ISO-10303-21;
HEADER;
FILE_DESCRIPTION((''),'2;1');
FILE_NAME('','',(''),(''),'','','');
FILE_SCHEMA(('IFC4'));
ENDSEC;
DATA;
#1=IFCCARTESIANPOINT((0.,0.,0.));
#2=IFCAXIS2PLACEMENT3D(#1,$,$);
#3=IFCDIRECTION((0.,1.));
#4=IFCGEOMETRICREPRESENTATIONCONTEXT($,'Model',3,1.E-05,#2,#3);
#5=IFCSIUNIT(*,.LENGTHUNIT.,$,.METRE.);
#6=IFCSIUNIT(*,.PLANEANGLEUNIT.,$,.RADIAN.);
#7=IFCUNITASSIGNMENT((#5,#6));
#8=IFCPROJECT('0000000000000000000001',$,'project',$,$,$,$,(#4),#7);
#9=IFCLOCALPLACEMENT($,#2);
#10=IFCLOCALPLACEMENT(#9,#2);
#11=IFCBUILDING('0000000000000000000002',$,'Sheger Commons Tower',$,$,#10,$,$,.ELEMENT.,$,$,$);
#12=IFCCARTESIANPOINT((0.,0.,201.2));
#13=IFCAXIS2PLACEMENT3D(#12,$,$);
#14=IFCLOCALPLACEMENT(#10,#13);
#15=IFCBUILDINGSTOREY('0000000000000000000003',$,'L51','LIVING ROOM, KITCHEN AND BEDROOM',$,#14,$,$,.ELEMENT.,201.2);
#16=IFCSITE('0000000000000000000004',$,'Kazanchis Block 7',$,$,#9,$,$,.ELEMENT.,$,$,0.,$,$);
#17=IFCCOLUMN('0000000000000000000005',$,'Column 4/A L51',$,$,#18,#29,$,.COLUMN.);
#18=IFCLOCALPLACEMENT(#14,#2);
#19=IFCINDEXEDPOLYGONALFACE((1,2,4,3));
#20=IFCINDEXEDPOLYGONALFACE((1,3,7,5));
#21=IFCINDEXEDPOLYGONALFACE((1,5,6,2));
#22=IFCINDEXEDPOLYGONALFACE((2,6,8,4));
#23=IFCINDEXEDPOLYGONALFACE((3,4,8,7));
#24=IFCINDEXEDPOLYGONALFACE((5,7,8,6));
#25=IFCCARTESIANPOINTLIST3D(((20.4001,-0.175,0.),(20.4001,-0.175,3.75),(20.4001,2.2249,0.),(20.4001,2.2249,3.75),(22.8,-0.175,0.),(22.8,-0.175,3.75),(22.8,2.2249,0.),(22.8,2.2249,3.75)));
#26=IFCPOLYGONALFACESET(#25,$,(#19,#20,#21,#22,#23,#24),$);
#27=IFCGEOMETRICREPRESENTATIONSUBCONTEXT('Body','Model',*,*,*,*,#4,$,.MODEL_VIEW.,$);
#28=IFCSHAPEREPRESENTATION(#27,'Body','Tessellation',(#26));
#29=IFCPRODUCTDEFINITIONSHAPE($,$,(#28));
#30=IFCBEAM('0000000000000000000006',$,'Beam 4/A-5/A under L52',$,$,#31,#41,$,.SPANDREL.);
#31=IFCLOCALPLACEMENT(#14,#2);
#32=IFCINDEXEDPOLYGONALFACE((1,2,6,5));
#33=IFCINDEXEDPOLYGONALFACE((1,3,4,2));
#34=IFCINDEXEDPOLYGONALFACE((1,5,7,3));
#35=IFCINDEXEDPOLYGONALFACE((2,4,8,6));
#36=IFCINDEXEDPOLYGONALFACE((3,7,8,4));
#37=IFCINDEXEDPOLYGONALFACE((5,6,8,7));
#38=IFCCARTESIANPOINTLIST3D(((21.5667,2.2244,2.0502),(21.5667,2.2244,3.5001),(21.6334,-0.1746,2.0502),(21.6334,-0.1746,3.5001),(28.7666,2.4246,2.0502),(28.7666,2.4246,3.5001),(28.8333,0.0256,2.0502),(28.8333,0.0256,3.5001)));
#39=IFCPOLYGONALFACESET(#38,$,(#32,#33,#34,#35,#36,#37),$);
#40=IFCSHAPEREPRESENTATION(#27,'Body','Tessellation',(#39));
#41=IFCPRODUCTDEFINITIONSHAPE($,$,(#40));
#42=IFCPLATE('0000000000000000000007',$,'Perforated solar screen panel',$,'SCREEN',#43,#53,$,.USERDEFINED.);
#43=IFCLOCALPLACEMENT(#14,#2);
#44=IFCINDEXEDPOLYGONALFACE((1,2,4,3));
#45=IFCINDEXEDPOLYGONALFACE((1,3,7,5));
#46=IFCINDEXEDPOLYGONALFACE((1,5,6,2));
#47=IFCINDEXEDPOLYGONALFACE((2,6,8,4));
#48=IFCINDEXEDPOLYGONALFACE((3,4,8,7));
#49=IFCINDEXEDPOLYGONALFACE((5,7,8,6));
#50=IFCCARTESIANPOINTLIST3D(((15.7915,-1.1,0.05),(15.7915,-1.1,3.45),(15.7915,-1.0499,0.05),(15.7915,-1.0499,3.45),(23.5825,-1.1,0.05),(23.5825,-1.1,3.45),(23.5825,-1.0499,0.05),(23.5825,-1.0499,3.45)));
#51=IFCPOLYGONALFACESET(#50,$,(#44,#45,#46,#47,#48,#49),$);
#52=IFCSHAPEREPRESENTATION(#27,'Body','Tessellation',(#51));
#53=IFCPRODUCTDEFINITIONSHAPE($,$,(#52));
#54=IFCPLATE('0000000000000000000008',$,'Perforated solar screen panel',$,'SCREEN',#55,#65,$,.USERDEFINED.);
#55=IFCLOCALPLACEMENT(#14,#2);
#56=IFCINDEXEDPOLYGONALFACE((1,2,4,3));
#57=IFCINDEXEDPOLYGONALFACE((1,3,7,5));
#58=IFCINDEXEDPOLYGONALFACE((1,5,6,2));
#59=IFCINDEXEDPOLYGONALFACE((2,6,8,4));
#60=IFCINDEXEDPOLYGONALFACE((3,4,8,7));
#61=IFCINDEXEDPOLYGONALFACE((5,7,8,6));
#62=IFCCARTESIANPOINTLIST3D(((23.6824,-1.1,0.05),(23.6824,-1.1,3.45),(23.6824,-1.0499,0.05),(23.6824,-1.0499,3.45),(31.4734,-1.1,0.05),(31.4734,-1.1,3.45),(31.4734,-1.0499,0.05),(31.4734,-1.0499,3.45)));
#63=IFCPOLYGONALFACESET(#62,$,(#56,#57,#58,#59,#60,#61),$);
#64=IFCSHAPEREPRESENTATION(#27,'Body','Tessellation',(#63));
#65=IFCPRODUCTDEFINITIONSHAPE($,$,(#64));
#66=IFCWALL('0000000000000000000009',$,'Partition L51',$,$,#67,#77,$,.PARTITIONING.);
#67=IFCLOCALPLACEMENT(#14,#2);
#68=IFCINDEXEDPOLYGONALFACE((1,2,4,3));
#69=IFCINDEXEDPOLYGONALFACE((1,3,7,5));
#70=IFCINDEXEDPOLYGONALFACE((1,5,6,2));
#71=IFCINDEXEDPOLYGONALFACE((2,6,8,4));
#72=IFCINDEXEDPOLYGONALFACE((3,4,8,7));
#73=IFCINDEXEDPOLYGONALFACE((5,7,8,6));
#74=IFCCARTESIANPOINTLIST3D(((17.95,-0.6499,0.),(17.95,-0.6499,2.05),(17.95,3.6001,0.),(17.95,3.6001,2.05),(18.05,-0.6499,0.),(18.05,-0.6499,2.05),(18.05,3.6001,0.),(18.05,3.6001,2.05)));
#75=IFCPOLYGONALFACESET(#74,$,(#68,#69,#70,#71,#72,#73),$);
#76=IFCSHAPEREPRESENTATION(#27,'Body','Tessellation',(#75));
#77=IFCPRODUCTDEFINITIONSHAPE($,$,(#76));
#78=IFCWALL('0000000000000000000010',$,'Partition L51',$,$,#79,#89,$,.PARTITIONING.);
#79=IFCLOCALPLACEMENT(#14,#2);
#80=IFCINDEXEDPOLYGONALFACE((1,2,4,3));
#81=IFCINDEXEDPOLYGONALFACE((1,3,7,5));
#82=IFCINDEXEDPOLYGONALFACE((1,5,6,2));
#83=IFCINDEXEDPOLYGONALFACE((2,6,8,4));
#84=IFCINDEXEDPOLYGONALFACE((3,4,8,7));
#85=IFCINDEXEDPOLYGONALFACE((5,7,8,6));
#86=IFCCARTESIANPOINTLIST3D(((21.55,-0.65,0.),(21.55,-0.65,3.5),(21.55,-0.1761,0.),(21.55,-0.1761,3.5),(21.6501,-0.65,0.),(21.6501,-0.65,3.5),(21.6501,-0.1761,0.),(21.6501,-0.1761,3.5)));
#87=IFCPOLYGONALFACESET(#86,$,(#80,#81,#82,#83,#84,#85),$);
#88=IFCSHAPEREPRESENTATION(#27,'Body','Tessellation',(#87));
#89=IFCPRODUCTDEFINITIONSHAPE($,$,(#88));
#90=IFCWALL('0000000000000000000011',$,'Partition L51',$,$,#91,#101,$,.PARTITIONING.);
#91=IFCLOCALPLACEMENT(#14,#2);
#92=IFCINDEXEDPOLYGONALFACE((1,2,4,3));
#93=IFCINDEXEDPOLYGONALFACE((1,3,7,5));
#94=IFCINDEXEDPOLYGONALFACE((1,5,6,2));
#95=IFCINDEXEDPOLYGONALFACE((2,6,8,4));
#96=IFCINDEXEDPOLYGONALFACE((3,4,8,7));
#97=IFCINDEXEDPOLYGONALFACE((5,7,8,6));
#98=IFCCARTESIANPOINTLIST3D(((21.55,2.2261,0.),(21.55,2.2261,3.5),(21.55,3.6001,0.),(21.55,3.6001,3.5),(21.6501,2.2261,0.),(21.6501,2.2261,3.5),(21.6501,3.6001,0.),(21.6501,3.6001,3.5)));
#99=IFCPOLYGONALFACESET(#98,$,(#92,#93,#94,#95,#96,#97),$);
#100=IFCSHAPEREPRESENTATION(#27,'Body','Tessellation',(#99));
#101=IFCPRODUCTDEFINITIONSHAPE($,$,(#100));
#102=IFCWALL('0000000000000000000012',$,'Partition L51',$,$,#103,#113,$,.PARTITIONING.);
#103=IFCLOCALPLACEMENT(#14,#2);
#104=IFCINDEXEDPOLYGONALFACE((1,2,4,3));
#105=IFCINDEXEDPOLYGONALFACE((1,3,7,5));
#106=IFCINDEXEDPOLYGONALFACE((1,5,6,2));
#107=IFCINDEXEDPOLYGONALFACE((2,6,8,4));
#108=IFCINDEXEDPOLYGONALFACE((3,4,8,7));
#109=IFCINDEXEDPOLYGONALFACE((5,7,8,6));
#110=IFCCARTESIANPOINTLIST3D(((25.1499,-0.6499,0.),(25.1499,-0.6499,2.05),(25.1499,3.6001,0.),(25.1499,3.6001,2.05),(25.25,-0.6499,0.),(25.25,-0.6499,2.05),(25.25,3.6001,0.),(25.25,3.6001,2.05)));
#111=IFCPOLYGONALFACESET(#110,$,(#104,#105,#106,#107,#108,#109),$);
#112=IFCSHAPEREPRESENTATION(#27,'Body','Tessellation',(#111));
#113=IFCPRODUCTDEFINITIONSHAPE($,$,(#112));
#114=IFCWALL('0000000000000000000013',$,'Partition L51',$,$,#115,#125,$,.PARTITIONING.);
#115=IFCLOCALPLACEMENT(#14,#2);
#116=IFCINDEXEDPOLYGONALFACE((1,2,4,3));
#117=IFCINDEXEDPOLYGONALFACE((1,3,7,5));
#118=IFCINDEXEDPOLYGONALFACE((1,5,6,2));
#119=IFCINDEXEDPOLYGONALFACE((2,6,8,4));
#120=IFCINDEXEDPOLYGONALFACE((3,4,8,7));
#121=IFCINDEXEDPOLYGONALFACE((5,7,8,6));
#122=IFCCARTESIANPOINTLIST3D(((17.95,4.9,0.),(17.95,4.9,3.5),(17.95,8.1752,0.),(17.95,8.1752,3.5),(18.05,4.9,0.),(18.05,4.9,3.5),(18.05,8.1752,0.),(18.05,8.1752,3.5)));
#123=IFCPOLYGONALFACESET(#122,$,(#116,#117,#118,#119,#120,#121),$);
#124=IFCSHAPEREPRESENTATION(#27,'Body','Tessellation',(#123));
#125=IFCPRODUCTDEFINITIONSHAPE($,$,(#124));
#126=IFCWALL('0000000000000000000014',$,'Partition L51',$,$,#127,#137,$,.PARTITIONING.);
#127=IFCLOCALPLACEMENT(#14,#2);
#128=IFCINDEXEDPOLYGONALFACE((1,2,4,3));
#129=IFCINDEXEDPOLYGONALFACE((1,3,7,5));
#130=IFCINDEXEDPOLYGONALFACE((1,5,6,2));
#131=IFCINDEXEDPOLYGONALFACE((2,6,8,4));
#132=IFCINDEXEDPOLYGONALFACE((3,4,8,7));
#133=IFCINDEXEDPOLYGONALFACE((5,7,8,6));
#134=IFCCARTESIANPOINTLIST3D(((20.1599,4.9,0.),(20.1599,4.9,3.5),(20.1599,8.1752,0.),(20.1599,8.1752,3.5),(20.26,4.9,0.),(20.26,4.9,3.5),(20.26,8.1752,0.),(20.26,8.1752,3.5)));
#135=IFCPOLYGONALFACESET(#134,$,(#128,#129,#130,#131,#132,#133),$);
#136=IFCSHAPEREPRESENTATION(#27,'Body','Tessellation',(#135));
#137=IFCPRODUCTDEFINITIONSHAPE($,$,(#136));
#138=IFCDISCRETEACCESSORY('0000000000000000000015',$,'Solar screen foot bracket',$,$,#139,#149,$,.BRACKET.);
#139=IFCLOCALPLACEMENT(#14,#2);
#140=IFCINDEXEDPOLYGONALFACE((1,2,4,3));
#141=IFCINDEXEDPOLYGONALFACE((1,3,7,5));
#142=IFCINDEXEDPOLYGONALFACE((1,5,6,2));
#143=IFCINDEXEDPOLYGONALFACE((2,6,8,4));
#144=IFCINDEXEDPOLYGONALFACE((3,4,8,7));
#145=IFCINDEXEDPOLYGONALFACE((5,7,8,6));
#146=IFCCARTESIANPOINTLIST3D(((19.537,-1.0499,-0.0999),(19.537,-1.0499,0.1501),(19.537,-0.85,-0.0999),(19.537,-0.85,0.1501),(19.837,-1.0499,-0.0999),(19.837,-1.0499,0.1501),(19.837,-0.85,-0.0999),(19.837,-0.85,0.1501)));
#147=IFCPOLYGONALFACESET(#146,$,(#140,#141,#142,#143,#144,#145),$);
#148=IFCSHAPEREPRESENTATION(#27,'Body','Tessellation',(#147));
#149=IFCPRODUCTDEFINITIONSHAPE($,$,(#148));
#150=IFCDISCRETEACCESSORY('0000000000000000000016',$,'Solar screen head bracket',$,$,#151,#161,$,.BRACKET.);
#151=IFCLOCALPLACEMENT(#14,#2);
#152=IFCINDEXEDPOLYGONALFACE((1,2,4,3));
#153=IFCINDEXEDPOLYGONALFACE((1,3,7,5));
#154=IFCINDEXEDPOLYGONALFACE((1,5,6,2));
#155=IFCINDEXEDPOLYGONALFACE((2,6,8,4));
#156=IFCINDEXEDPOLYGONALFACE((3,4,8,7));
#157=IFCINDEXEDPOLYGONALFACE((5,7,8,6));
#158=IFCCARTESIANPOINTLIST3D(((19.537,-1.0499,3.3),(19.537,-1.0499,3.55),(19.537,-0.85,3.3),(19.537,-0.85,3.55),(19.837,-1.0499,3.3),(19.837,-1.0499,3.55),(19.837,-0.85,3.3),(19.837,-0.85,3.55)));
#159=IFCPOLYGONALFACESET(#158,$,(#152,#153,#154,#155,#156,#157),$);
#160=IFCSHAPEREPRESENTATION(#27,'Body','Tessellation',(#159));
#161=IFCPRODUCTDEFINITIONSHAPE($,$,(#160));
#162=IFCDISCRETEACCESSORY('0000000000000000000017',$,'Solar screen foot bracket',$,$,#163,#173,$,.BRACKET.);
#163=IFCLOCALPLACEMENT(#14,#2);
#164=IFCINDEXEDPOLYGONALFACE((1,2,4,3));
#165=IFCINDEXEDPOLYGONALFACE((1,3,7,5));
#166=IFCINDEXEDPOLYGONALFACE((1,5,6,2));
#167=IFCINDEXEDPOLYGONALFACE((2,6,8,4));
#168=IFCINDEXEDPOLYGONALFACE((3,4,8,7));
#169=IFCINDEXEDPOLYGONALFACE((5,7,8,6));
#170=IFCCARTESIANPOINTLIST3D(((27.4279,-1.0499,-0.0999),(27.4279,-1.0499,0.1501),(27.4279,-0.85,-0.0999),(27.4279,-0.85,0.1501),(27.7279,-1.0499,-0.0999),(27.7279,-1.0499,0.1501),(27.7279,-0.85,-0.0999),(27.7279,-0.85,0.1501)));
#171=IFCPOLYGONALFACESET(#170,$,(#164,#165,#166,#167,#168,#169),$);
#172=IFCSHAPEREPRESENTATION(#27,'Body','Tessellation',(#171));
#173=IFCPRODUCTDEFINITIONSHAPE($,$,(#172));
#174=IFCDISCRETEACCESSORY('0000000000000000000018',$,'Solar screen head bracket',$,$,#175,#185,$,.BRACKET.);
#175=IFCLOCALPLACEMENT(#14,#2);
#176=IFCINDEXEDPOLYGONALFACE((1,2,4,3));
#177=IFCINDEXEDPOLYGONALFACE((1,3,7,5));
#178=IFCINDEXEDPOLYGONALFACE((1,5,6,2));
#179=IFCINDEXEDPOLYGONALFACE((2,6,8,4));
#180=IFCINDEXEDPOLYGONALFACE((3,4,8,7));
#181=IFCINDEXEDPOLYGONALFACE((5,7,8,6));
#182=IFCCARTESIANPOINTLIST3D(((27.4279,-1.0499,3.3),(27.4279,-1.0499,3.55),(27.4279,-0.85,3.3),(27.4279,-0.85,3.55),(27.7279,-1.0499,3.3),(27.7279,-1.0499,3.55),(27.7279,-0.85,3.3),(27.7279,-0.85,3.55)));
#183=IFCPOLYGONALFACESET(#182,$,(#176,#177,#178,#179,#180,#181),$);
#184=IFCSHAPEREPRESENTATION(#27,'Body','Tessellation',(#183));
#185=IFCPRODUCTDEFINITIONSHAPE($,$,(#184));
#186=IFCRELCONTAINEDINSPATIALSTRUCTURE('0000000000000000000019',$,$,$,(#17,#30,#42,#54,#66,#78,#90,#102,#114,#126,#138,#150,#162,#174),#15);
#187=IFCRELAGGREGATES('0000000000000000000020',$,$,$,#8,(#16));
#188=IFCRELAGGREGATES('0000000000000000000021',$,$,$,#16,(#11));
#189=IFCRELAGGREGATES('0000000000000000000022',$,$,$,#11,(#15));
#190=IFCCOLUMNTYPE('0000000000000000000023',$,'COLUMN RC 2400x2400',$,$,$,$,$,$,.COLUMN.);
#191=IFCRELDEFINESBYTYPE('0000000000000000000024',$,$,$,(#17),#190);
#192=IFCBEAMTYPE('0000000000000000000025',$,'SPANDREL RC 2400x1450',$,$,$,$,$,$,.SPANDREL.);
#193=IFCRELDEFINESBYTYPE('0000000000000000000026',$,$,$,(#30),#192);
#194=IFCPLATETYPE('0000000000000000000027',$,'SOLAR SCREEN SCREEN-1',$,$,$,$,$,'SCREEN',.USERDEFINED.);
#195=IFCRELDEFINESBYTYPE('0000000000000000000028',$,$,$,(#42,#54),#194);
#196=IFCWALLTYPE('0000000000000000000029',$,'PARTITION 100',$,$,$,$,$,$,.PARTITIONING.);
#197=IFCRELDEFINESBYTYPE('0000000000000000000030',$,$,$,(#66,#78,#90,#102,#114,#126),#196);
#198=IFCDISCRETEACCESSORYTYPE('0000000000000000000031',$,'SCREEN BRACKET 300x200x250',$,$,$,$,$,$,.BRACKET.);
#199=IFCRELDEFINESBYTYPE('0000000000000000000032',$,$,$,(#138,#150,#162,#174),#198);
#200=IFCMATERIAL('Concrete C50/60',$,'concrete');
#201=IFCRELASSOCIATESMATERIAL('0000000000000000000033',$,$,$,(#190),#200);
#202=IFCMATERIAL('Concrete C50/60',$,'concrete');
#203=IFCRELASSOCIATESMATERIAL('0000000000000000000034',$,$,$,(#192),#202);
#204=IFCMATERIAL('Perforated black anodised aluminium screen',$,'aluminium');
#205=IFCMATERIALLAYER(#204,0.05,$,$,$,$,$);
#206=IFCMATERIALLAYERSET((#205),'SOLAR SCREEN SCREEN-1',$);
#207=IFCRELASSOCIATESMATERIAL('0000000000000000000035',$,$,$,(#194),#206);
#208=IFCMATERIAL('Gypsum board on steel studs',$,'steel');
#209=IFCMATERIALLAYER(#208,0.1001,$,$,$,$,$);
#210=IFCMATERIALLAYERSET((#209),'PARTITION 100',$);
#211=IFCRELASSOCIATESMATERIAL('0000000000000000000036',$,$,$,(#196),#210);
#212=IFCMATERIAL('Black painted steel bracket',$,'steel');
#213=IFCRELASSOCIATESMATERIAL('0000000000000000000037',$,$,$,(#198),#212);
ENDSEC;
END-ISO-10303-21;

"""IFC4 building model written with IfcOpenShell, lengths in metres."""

from ifc_helpers import new_model, si_unit, direction, frame, frame_2d, origin, origin_2d, place, context, subcontext, project, spatial, rectangle, extrude, material, layer, layer_set, material_profile, profile_set, type_object, element, save


model = new_model("IFC4")

# Units and contexts
model_context = context("Model", 3, precision=1e-05, world=origin(), true_north=direction((0.0, 1.0)))
body_context = subcontext(model_context, "Body", "Model", "MODEL_VIEW")
ifc_project = project(units=[si_unit("LENGTHUNIT", "METRE"), si_unit("PLANEANGLEUNIT", "RADIAN")], contexts=[model_context])

# Site, building, storey
site_placement = place(None, origin())
site = spatial("IfcSite", under=ifc_project, at=site_placement, Name="Kazanchis Block 7", CompositionType="ELEMENT", RefElevation=0.0)
building_placement = place(site_placement, origin())
building = spatial("IfcBuilding", under=site, at=building_placement, Name="Sheger Commons Tower", CompositionType="ELEMENT")
storey_placement = place(building_placement, frame((0.0, 0.0, 201.2)))
storey = spatial("IfcBuildingStorey", under=building, at=storey_placement, Name="L51", Description="LIVING ROOM, KITCHEN AND BEDROOM", CompositionType="ELEMENT", Elevation=201.2)

# Column
ifc_material_1 = material(Name="Concrete C50/60", Category="concrete")
ifc_material_profile_1 = material_profile(ifc_material_1, rectangle(XDim=2.3999, YDim=2.3999, at=origin_2d()), Name="RC 2400x2400")
ifc_profile_set_1 = profile_set([ifc_material_profile_1], Name="Concrete C50/60")
column_type = type_object("IfcColumnType", Name="COLUMN RC 2400x2400", PredefinedType="COLUMN", material=ifc_profile_set_1)
column_placement = place(storey_placement, frame((21.6001, 1.0249, 0.0), z_axis=(0.0, 0.0, 1.0), x_axis=(1.0, 0.0, 0.0)))
element("IfcColumn", 1, at=column_placement, inside=storey, type_object=column_type, Name="Column 4/A L51", PredefinedType="COLUMN", context=body_context, shape_type="SweptSolid", body=[
    extrude(rectangle(XDim=2.3999, YDim=2.3999, at=origin_2d()), origin(), (0.0, 0.0, 1.0), 3.75),
])

# Beam
ifc_material_2 = material(Name="Concrete C50/60", Category="concrete")
ifc_material_profile_2 = material_profile(ifc_material_2, rectangle(XDim=2.3999, YDim=1.45, at=origin_2d()), Name="RC 2400x1450")
ifc_profile_set_2 = profile_set([ifc_material_profile_2], Name="Concrete C50/60")
beam_type = type_object("IfcBeamType", Name="SPANDREL RC 2400x1450", PredefinedType="SPANDREL", material=ifc_profile_set_2)
beam_placement = place(storey_placement, frame((21.6001, 1.0249, 2.7751), z_axis=(0.999614, 0.027794, 0.0), x_axis=(-0.027794, 0.999614, 0.0)))
element("IfcBeam", 2, at=beam_placement, inside=storey, type_object=beam_type, Name="Beam 4/A-5/A under L52", PredefinedType="SPANDREL", context=body_context, shape_type="SweptSolid", body=[
    extrude(rectangle(XDim=2.3999, YDim=1.45, at=origin_2d()), origin(), (0.0, 0.0, 1.0), 7.2026),
])

# Plates
ifc_material_3 = material(Name="Perforated black anodised aluminium screen", Category="aluminium")
ifc_layer_1 = layer(ifc_material_3, 0.05)
ifc_layer_set_1 = layer_set([ifc_layer_1], Name="SOLAR SCREEN SCREEN-1")
plate_type = type_object("IfcPlateType", Name="SOLAR SCREEN SCREEN-1", ElementType="SCREEN", PredefinedType="USERDEFINED", material=ifc_layer_set_1)
for number, where, z_axis, x_axis, name in (
    (3, (19.687, -1.075, 0.05), (0.0, 0.0, 1.0), (1.0, 0.0, 0.0), "Perforated solar screen panel"),
    (4, (27.5779, -1.075, 0.05), (0.0, 0.0, 1.0), (1.0, 0.0, 0.0), "Perforated solar screen panel"),
):
    element("IfcPlate", number, at=place(storey_placement, frame(where, z_axis=z_axis, x_axis=x_axis)), inside=storey, type_object=plate_type, Name=name, ObjectType="SCREEN", PredefinedType="USERDEFINED", context=body_context, shape_type="SweptSolid", body=[
        extrude(rectangle(XDim=7.791, YDim=0.05, at=origin_2d()), origin(), (0.0, 0.0, 1.0), 3.3999),
    ])

# Walls
ifc_material_4 = material(Name="Gypsum board on steel studs", Category="steel")
ifc_layer_2 = layer(ifc_material_4, 0.1001)
ifc_layer_set_2 = layer_set([ifc_layer_2], Name="PARTITION 100")
wall_type = type_object("IfcWallType", Name="PARTITION 100", PredefinedType="PARTITIONING", material=ifc_layer_set_2)
wall_1_placement = place(storey_placement, frame((18.0, -0.6499, 0.0), z_axis=(0.0, 0.0, 1.0), x_axis=(0.0, 1.0, 0.0)))
element("IfcWall", 5, at=wall_1_placement, inside=storey, type_object=wall_type, Name="Partition L51", PredefinedType="PARTITIONING", context=body_context, shape_type="SweptSolid", body=[
    extrude(rectangle(XDim=4.25, YDim=0.1001, at=frame_2d((2.125, 0.0))), origin(), (0.0, 0.0, 1.0), 2.05),
])
wall_2_placement = place(storey_placement, frame((21.6001, -0.6499, 0.0), z_axis=(0.0, 0.0, 1.0), x_axis=(0.0, 1.0, 0.0)))
element("IfcWall", 6, at=wall_2_placement, inside=storey, type_object=wall_type, Name="Partition L51", PredefinedType="PARTITIONING", context=body_context, shape_type="SweptSolid", body=[
    extrude(rectangle(XDim=0.4739, YDim=0.1001, at=frame_2d((0.2368, 0.0))), origin(), (0.0, 0.0, 1.0), 3.5),
])
wall_3_placement = place(storey_placement, frame((21.6001, 2.2261, 0.0), z_axis=(0.0, 0.0, 1.0), x_axis=(0.0, 1.0, 0.0)))
element("IfcWall", 7, at=wall_3_placement, inside=storey, type_object=wall_type, Name="Partition L51", PredefinedType="PARTITIONING", context=body_context, shape_type="SweptSolid", body=[
    extrude(rectangle(XDim=1.374, YDim=0.1001, at=frame_2d((0.687, 0.0))), origin(), (0.0, 0.0, 1.0), 3.5),
])
wall_4_placement = place(storey_placement, frame((25.2, -0.6499, 0.0), z_axis=(0.0, 0.0, 1.0), x_axis=(0.0, 1.0, 0.0)))
element("IfcWall", 8, at=wall_4_placement, inside=storey, type_object=wall_type, Name="Partition L51", PredefinedType="PARTITIONING", context=body_context, shape_type="SweptSolid", body=[
    extrude(rectangle(XDim=4.25, YDim=0.1001, at=frame_2d((2.125, 0.0))), origin(), (0.0, 0.0, 1.0), 2.05),
])
for number, where, z_axis, x_axis, name in (
    (9, (18.0, 4.8999, 0.0), (0.0, 0.0, 1.0), (0.0, 1.0, 0.0), "Partition L51"),
    (10, (20.21, 4.8999, 0.0), (0.0, 0.0, 1.0), (0.0, 1.0, 0.0), "Partition L51"),
):
    element("IfcWall", number, at=place(storey_placement, frame(where, z_axis=z_axis, x_axis=x_axis)), inside=storey, type_object=wall_type, Name=name, PredefinedType="PARTITIONING", context=body_context, shape_type="SweptSolid", body=[
        extrude(rectangle(XDim=3.2751, YDim=0.1001, at=frame_2d((1.6377, 0.0))), origin(), (0.0, 0.0, 1.0), 3.5),
    ])

# Discrete accessories
ifc_material_5 = material(Name="Black painted steel bracket", Category="steel")
discrete_accessory_type = type_object("IfcDiscreteAccessoryType", Name="SCREEN BRACKET 300x200x250", PredefinedType="BRACKET", material=ifc_material_5)
for number, where, z_axis, x_axis, name in (
    (11, (19.687, -0.95, -0.0999), (0.0, 0.0, 1.0), (1.0, 0.0, 0.0), "Solar screen foot bracket"),
    (12, (19.687, -0.95, 3.3), (0.0, 0.0, 1.0), (1.0, 0.0, 0.0), "Solar screen head bracket"),
    (13, (27.5779, -0.95, -0.0999), (0.0, 0.0, 1.0), (1.0, 0.0, 0.0), "Solar screen foot bracket"),
    (14, (27.5779, -0.95, 3.3), (0.0, 0.0, 1.0), (1.0, 0.0, 0.0), "Solar screen head bracket"),
):
    element("IfcDiscreteAccessory", number, at=place(storey_placement, frame(where, z_axis=z_axis, x_axis=x_axis)), inside=storey, type_object=discrete_accessory_type, Name=name, PredefinedType="BRACKET", context=body_context, shape_type="SweptSolid", body=[
        extrude(rectangle(XDim=0.3, YDim=0.2, at=origin_2d()), origin(), (0.0, 0.0, 1.0), 0.25),
    ])

save(model, "model.ifc")
